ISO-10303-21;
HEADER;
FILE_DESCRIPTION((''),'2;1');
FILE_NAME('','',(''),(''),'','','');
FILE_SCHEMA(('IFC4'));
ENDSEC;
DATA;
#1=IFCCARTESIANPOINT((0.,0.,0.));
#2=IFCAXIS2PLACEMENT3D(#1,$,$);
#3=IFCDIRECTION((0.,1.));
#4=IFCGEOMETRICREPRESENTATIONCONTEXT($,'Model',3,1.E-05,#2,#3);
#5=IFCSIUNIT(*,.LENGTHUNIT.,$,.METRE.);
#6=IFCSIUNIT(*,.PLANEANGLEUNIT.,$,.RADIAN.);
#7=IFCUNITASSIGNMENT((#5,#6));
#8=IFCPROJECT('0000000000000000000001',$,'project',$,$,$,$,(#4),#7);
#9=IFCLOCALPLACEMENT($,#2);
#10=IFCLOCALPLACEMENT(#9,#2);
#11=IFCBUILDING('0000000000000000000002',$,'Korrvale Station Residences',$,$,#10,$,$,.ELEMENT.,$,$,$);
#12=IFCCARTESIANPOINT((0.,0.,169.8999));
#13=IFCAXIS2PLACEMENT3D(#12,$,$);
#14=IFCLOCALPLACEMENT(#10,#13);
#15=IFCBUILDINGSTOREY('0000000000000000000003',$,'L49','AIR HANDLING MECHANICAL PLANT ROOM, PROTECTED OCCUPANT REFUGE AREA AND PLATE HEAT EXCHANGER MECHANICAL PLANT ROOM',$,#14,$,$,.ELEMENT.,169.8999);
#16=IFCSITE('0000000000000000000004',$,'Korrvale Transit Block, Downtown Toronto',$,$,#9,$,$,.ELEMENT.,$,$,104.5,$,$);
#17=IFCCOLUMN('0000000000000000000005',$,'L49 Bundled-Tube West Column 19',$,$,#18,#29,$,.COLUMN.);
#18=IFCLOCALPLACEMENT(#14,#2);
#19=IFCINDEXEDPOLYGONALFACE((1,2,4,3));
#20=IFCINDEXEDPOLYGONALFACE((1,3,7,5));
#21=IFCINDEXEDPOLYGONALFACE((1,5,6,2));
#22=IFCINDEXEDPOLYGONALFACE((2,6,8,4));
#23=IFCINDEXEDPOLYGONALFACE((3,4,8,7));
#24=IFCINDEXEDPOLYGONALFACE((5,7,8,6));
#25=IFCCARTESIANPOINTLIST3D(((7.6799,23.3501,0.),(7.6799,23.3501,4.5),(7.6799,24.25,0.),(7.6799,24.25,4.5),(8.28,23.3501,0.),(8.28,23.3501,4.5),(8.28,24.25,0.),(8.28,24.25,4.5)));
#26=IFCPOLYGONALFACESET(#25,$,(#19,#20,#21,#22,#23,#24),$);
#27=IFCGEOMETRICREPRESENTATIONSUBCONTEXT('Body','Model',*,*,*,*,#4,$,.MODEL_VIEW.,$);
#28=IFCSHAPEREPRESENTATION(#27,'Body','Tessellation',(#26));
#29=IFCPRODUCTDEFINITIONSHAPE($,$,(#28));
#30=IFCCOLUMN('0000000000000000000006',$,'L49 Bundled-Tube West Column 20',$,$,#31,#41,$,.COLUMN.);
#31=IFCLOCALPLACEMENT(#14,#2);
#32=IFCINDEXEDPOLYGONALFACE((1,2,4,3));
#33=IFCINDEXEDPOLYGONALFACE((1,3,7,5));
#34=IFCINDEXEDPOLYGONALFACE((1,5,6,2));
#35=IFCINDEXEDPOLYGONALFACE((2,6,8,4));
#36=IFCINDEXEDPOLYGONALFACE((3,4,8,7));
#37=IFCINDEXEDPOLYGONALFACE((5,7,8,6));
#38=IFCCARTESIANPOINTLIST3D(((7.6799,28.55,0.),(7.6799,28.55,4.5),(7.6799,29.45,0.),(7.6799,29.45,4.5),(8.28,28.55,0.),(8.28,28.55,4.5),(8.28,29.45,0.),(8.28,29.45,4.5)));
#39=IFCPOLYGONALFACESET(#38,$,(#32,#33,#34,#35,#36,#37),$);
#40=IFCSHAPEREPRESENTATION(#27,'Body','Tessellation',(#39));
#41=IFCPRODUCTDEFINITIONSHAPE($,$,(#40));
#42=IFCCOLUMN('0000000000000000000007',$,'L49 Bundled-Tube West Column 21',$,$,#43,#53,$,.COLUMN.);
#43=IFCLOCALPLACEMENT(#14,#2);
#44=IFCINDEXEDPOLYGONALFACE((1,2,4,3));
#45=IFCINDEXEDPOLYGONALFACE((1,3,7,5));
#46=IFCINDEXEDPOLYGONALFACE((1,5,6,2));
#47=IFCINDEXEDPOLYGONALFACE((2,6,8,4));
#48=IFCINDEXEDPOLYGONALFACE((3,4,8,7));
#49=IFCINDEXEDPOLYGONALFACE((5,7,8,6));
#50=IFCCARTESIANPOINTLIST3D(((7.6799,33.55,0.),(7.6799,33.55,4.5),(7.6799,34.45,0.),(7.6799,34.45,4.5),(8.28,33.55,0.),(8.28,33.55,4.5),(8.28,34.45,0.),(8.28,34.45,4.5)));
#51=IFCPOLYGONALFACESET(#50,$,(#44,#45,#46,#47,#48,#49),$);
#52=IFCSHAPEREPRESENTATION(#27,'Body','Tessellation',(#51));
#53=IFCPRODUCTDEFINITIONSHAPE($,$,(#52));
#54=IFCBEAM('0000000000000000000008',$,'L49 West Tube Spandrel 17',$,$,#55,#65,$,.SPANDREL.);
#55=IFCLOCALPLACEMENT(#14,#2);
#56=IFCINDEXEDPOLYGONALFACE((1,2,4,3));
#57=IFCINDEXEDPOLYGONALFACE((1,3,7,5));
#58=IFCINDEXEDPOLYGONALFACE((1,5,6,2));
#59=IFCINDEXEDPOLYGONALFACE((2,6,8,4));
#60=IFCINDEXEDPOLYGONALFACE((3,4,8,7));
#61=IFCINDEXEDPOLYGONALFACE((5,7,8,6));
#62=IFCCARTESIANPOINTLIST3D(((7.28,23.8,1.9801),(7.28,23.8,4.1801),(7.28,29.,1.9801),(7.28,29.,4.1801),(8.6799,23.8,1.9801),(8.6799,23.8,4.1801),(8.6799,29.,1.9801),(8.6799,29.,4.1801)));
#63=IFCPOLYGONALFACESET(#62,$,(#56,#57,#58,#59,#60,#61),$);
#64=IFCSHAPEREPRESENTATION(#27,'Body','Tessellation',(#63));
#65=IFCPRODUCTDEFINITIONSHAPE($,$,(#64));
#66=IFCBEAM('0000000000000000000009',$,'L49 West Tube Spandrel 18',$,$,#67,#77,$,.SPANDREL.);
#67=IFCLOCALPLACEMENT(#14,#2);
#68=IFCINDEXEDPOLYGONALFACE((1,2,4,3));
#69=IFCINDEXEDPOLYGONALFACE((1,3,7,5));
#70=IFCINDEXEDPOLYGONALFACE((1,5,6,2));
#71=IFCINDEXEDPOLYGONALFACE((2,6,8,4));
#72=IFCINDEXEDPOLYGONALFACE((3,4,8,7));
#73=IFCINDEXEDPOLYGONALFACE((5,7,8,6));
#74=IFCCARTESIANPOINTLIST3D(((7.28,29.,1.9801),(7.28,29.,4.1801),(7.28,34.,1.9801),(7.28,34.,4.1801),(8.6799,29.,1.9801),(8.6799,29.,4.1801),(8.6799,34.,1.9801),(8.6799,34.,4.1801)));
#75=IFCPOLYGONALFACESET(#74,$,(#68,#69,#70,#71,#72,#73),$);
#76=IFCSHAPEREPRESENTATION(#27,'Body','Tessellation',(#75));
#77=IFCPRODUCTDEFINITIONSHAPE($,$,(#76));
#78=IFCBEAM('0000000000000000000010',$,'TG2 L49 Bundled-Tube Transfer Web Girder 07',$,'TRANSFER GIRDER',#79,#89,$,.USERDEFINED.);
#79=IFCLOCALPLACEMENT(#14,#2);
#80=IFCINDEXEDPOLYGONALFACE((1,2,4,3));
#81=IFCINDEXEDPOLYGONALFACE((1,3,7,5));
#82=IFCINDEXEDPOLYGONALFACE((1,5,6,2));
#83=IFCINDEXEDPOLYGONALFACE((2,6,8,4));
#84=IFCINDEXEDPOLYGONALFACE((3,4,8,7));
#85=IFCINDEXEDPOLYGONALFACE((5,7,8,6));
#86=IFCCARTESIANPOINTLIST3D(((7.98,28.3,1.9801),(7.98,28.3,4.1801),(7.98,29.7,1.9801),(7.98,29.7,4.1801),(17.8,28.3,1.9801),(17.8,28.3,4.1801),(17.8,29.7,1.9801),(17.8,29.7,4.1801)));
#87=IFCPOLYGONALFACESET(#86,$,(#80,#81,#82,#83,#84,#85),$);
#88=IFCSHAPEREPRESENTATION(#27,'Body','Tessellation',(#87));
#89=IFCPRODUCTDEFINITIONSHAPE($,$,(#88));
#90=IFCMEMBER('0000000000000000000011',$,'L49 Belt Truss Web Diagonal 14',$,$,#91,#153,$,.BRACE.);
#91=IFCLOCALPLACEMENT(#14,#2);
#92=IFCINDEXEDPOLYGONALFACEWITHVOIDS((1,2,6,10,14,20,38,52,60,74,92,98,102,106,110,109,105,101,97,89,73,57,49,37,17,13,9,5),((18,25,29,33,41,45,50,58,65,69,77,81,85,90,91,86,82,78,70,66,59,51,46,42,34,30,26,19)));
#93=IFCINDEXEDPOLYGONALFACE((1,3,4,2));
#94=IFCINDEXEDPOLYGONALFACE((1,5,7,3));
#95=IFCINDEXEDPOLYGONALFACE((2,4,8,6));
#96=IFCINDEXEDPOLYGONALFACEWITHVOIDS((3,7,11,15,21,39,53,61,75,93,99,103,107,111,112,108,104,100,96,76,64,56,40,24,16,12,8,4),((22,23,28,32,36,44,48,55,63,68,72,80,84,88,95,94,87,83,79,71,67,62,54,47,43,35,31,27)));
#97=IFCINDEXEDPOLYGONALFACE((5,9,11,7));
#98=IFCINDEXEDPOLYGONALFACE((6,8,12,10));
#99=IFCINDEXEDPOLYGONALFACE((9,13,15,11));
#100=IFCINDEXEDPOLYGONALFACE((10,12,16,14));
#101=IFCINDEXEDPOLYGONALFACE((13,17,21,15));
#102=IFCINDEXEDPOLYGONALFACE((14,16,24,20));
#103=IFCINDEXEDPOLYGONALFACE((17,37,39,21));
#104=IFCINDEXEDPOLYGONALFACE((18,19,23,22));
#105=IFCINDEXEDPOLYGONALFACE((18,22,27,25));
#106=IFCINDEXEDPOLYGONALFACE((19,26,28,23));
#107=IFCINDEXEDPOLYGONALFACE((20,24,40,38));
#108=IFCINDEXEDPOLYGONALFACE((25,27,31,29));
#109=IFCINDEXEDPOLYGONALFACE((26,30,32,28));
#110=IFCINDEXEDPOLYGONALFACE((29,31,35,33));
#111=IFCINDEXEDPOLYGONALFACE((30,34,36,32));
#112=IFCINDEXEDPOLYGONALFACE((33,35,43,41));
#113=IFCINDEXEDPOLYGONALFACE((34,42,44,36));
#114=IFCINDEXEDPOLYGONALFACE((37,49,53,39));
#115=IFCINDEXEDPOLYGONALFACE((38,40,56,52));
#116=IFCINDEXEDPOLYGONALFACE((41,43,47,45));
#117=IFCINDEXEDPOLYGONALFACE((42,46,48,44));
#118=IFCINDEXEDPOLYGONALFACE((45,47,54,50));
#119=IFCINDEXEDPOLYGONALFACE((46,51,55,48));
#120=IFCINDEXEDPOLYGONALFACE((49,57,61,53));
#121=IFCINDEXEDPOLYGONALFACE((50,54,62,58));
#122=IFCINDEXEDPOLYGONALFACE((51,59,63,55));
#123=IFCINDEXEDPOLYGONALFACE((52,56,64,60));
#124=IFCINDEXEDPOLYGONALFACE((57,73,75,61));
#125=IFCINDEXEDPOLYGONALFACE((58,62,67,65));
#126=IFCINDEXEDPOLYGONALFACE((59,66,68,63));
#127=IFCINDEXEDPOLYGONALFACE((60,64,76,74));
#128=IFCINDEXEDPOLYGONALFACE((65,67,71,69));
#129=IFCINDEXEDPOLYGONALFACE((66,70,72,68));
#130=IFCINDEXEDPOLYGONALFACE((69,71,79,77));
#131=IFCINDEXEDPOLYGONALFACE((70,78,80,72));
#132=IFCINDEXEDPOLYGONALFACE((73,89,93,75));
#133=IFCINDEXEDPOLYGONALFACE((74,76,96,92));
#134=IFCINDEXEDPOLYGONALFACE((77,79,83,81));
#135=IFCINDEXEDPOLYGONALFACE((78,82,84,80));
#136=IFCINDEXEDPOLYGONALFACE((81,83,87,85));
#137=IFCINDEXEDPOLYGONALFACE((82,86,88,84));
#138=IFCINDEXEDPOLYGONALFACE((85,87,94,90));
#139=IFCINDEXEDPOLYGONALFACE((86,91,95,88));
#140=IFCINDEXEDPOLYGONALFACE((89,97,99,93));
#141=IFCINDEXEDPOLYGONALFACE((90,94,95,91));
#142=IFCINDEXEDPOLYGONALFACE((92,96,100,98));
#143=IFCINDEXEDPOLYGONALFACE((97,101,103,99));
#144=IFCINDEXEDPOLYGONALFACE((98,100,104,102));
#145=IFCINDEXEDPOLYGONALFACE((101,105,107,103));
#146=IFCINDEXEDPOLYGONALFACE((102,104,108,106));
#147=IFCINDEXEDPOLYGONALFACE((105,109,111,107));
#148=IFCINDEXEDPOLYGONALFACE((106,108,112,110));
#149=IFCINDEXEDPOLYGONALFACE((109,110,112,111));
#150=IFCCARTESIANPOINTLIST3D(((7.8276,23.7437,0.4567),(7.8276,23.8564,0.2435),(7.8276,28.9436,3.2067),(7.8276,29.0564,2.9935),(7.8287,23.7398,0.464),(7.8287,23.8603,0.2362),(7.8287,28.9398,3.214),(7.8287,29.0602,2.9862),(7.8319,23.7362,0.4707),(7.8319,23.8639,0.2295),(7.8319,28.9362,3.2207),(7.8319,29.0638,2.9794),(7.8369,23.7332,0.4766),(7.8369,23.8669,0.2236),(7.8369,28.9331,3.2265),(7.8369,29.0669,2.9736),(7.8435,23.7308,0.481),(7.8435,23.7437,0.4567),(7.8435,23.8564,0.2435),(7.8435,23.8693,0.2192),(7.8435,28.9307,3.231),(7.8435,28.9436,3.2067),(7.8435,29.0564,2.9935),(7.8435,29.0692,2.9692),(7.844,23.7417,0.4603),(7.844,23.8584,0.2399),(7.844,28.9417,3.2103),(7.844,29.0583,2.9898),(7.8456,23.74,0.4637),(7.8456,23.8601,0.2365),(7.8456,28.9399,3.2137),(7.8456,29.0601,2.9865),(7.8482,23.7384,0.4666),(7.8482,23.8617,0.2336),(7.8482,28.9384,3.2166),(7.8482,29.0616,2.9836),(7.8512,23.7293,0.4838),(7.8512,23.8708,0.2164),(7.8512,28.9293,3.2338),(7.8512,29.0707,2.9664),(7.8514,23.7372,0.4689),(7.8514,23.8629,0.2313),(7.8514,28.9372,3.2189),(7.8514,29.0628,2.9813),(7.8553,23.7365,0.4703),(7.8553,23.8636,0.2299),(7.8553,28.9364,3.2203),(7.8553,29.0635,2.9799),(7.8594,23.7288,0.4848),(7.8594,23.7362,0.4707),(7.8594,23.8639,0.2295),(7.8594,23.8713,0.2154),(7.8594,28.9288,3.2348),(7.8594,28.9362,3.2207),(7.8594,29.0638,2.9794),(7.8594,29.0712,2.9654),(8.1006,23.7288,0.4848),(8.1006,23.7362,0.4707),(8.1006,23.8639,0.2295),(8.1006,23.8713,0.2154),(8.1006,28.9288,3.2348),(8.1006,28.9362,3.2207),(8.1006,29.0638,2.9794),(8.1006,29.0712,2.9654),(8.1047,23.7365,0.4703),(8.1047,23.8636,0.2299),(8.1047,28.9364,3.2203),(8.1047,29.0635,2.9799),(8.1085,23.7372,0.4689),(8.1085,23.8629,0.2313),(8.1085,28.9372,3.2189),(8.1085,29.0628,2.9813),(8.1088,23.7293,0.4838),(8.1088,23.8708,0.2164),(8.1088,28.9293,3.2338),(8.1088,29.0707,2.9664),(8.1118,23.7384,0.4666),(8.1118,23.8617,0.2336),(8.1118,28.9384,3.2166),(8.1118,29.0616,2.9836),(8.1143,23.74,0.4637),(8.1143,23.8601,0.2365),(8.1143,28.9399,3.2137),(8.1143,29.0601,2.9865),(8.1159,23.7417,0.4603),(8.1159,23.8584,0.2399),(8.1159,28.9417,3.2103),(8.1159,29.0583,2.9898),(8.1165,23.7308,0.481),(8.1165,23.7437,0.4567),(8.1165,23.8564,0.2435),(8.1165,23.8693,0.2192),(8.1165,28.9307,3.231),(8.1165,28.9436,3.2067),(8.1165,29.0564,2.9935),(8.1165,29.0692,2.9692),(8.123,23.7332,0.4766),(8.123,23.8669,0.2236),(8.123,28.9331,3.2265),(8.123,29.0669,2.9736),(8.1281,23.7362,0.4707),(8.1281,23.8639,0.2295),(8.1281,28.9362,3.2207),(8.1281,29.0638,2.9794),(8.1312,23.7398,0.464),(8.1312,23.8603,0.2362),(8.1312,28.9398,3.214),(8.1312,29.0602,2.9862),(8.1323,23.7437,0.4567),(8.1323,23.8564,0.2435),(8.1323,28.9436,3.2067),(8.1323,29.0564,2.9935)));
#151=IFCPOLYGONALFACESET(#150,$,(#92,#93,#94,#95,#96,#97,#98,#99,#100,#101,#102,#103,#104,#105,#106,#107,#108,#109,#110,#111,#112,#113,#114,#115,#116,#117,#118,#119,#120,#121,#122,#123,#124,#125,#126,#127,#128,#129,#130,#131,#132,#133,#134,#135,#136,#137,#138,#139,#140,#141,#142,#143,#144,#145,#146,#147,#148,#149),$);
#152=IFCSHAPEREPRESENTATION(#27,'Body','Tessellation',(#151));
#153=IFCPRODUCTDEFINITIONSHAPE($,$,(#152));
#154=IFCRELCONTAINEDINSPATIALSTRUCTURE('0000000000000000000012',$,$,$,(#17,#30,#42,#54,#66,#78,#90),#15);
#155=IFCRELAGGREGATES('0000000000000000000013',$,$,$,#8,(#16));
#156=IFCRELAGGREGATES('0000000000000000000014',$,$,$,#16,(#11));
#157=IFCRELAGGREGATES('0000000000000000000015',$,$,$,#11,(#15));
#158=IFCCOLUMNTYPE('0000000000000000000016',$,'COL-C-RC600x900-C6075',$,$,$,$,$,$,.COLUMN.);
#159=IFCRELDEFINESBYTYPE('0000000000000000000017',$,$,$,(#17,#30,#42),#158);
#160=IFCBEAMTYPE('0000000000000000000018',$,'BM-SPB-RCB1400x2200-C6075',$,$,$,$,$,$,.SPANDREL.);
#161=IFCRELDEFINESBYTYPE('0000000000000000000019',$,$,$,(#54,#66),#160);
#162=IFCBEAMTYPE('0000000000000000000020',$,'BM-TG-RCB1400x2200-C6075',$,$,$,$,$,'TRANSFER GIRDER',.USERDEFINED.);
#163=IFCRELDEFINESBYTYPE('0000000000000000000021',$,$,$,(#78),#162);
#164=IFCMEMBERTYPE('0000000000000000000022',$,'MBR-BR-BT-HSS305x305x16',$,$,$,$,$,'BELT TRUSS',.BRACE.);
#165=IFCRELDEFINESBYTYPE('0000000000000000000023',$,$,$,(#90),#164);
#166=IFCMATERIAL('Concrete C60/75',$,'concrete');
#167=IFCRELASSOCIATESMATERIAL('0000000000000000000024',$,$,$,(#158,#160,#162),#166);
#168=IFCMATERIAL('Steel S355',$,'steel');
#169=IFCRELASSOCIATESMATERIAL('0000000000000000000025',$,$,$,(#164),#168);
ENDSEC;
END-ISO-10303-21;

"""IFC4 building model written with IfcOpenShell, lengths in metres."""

from ifc_helpers import new_model, si_unit, direction, frame, origin, origin_2d, place, context, subcontext, project, spatial, rectangle, hollow_rectangle, extrude, material, material_profile, profile_set, type_object, element, save


model = new_model("IFC4")

# Units and contexts
model_context = context("Model", 3, precision=1e-05, world=origin(), true_north=direction((0.0, 1.0)))
body_context = subcontext(model_context, "Body", "Model", "MODEL_VIEW")
ifc_project = project(units=[si_unit("LENGTHUNIT", "METRE"), si_unit("PLANEANGLEUNIT", "RADIAN")], contexts=[model_context])

# Site, building, storey
site_placement = place(None, origin())
site = spatial("IfcSite", under=ifc_project, at=site_placement, Name="Korrvale Transit Block, Downtown Toronto", CompositionType="ELEMENT", RefElevation=104.5)
building_placement = place(site_placement, origin())
building = spatial("IfcBuilding", under=site, at=building_placement, Name="Korrvale Station Residences", CompositionType="ELEMENT")
storey_placement = place(building_placement, frame((0.0, 0.0, 169.8999)))
storey = spatial("IfcBuildingStorey", under=building, at=storey_placement, Name="L49", Description="AIR HANDLING MECHANICAL PLANT ROOM, PROTECTED OCCUPANT REFUGE AREA AND PLATE HEAT EXCHANGER MECHANICAL PLANT ROOM", CompositionType="ELEMENT", Elevation=169.8999)

# Columns
ifc_material_1 = material(Name="Concrete C60/75", Category="concrete")
ifc_material_profile_1 = material_profile(ifc_material_1, rectangle(XDim=0.6001, YDim=0.8999, at=origin_2d()), Name="RC600x900")
ifc_profile_set_1 = profile_set([ifc_material_profile_1], Name="Concrete C60/75")
column_type = type_object("IfcColumnType", Name="COL-C-RC600x900-C6075", PredefinedType="COLUMN", material=ifc_profile_set_1)
for number, where, z_axis, x_axis, name in (
    (1, (7.98, 23.8, 0.0), (0.0, 0.0, 1.0), (1.0, 0.0, 0.0), "L49 Bundled-Tube West Column 19"),
    (2, (7.98, 29.0, 0.0), (0.0, 0.0, 1.0), (1.0, 0.0, 0.0), "L49 Bundled-Tube West Column 20"),
    (3, (7.98, 34.0, 0.0), (0.0, 0.0, 1.0), (1.0, 0.0, 0.0), "L49 Bundled-Tube West Column 21"),
):
    element("IfcColumn", number, at=place(storey_placement, frame(where, z_axis=z_axis, x_axis=x_axis)), inside=storey, type_object=column_type, Name=name, PredefinedType="COLUMN", context=body_context, shape_type="SweptSolid", body=[
        extrude(rectangle(XDim=0.6001, YDim=0.8999, at=origin_2d()), origin(), (0.0, 0.0, 1.0), 4.5),
    ])

# Beams
ifc_material_profile_2 = material_profile(ifc_material_1, rectangle(XDim=1.3999, YDim=2.2, at=origin_2d()), Name="RCB1400x2200")
ifc_profile_set_2 = profile_set([ifc_material_profile_2], Name="Concrete C60/75")
beam_type_1 = type_object("IfcBeamType", Name="BM-SPB-RCB1400x2200-C6075", PredefinedType="SPANDREL", material=ifc_profile_set_2)
beam_1_placement = place(storey_placement, frame((7.98, 23.8, 3.0801), z_axis=(0.0, 1.0, 0.0), x_axis=(-1.0, 0.0, 0.0)))
element("IfcBeam", 4, at=beam_1_placement, inside=storey, type_object=beam_type_1, Name="L49 West Tube Spandrel 17", PredefinedType="SPANDREL", context=body_context, shape_type="SweptSolid", body=[
    extrude(rectangle(XDim=1.3999, YDim=2.2, at=origin_2d()), origin(), (0.0, 0.0, 1.0), 5.2),
])
beam_2_placement = place(storey_placement, frame((7.98, 29.0, 3.0801), z_axis=(0.0, 1.0, 0.0), x_axis=(-1.0, 0.0, 0.0)))
element("IfcBeam", 5, at=beam_2_placement, inside=storey, type_object=beam_type_1, Name="L49 West Tube Spandrel 18", PredefinedType="SPANDREL", context=body_context, shape_type="SweptSolid", body=[
    extrude(rectangle(XDim=1.3999, YDim=2.2, at=origin_2d()), origin(), (0.0, 0.0, 1.0), 5.0),
])
ifc_material_profile_3 = material_profile(ifc_material_1, rectangle(XDim=1.3999, YDim=2.2, at=origin_2d()), Name="RCB1400x2200")
ifc_profile_set_3 = profile_set([ifc_material_profile_3], Name="Concrete C60/75")
beam_type_2 = type_object("IfcBeamType", Name="BM-TG-RCB1400x2200-C6075", ElementType="TRANSFER GIRDER", PredefinedType="USERDEFINED", material=ifc_profile_set_3)
beam_3_placement = place(storey_placement, frame((7.98, 29.0, 3.0801), z_axis=(1.0, 0.0, 0.0), x_axis=(0.0, 1.0, 0.0)))
element("IfcBeam", 6, at=beam_3_placement, inside=storey, type_object=beam_type_2, Name="TG2 L49 Bundled-Tube Transfer Web Girder 07", ObjectType="TRANSFER GIRDER", PredefinedType="USERDEFINED", context=body_context, shape_type="SweptSolid", body=[
    extrude(rectangle(XDim=1.3999, YDim=2.2, at=origin_2d()), origin(), (0.0, 0.0, 1.0), 9.8201),
])

# Member
ifc_material_2 = material(Name="Steel S355", Category="steel")
ifc_material_profile_4 = material_profile(ifc_material_2, hollow_rectangle(XDim=0.3047, YDim=0.3047, WallThickness=0.0159, InnerFilletRadius=0.0159, OuterFilletRadius=0.0317, at=origin_2d()), Name="HSS305x305x16")
ifc_profile_set_4 = profile_set([ifc_material_profile_4], Name="Steel S355")
member_type_1 = type_object("IfcMemberType", Name="MBR-BR-BT-HSS305x305x16", ElementType="BELT TRUSS", PredefinedType="BRACE", material=ifc_profile_set_4)
member_1_placement = place(storey_placement, frame((7.98, 23.8, 0.3501), z_axis=(0.0, 0.883993, 0.467501), x_axis=(-1.0, 0.0, 0.0)))
element("IfcMember", 7, at=member_1_placement, inside=storey, type_object=member_type_1, Name="L49 Belt Truss Web Diagonal 14", PredefinedType="BRACE", context=body_context, shape_type="SweptSolid", body=[
    extrude(hollow_rectangle(XDim=0.3047, YDim=0.3047, WallThickness=0.0159, InnerFilletRadius=0.0159, OuterFilletRadius=0.0317, at=origin_2d()), origin(), (0.0, 0.0, 1.0), 5.8823),
])

save(model, "model.ifc")
